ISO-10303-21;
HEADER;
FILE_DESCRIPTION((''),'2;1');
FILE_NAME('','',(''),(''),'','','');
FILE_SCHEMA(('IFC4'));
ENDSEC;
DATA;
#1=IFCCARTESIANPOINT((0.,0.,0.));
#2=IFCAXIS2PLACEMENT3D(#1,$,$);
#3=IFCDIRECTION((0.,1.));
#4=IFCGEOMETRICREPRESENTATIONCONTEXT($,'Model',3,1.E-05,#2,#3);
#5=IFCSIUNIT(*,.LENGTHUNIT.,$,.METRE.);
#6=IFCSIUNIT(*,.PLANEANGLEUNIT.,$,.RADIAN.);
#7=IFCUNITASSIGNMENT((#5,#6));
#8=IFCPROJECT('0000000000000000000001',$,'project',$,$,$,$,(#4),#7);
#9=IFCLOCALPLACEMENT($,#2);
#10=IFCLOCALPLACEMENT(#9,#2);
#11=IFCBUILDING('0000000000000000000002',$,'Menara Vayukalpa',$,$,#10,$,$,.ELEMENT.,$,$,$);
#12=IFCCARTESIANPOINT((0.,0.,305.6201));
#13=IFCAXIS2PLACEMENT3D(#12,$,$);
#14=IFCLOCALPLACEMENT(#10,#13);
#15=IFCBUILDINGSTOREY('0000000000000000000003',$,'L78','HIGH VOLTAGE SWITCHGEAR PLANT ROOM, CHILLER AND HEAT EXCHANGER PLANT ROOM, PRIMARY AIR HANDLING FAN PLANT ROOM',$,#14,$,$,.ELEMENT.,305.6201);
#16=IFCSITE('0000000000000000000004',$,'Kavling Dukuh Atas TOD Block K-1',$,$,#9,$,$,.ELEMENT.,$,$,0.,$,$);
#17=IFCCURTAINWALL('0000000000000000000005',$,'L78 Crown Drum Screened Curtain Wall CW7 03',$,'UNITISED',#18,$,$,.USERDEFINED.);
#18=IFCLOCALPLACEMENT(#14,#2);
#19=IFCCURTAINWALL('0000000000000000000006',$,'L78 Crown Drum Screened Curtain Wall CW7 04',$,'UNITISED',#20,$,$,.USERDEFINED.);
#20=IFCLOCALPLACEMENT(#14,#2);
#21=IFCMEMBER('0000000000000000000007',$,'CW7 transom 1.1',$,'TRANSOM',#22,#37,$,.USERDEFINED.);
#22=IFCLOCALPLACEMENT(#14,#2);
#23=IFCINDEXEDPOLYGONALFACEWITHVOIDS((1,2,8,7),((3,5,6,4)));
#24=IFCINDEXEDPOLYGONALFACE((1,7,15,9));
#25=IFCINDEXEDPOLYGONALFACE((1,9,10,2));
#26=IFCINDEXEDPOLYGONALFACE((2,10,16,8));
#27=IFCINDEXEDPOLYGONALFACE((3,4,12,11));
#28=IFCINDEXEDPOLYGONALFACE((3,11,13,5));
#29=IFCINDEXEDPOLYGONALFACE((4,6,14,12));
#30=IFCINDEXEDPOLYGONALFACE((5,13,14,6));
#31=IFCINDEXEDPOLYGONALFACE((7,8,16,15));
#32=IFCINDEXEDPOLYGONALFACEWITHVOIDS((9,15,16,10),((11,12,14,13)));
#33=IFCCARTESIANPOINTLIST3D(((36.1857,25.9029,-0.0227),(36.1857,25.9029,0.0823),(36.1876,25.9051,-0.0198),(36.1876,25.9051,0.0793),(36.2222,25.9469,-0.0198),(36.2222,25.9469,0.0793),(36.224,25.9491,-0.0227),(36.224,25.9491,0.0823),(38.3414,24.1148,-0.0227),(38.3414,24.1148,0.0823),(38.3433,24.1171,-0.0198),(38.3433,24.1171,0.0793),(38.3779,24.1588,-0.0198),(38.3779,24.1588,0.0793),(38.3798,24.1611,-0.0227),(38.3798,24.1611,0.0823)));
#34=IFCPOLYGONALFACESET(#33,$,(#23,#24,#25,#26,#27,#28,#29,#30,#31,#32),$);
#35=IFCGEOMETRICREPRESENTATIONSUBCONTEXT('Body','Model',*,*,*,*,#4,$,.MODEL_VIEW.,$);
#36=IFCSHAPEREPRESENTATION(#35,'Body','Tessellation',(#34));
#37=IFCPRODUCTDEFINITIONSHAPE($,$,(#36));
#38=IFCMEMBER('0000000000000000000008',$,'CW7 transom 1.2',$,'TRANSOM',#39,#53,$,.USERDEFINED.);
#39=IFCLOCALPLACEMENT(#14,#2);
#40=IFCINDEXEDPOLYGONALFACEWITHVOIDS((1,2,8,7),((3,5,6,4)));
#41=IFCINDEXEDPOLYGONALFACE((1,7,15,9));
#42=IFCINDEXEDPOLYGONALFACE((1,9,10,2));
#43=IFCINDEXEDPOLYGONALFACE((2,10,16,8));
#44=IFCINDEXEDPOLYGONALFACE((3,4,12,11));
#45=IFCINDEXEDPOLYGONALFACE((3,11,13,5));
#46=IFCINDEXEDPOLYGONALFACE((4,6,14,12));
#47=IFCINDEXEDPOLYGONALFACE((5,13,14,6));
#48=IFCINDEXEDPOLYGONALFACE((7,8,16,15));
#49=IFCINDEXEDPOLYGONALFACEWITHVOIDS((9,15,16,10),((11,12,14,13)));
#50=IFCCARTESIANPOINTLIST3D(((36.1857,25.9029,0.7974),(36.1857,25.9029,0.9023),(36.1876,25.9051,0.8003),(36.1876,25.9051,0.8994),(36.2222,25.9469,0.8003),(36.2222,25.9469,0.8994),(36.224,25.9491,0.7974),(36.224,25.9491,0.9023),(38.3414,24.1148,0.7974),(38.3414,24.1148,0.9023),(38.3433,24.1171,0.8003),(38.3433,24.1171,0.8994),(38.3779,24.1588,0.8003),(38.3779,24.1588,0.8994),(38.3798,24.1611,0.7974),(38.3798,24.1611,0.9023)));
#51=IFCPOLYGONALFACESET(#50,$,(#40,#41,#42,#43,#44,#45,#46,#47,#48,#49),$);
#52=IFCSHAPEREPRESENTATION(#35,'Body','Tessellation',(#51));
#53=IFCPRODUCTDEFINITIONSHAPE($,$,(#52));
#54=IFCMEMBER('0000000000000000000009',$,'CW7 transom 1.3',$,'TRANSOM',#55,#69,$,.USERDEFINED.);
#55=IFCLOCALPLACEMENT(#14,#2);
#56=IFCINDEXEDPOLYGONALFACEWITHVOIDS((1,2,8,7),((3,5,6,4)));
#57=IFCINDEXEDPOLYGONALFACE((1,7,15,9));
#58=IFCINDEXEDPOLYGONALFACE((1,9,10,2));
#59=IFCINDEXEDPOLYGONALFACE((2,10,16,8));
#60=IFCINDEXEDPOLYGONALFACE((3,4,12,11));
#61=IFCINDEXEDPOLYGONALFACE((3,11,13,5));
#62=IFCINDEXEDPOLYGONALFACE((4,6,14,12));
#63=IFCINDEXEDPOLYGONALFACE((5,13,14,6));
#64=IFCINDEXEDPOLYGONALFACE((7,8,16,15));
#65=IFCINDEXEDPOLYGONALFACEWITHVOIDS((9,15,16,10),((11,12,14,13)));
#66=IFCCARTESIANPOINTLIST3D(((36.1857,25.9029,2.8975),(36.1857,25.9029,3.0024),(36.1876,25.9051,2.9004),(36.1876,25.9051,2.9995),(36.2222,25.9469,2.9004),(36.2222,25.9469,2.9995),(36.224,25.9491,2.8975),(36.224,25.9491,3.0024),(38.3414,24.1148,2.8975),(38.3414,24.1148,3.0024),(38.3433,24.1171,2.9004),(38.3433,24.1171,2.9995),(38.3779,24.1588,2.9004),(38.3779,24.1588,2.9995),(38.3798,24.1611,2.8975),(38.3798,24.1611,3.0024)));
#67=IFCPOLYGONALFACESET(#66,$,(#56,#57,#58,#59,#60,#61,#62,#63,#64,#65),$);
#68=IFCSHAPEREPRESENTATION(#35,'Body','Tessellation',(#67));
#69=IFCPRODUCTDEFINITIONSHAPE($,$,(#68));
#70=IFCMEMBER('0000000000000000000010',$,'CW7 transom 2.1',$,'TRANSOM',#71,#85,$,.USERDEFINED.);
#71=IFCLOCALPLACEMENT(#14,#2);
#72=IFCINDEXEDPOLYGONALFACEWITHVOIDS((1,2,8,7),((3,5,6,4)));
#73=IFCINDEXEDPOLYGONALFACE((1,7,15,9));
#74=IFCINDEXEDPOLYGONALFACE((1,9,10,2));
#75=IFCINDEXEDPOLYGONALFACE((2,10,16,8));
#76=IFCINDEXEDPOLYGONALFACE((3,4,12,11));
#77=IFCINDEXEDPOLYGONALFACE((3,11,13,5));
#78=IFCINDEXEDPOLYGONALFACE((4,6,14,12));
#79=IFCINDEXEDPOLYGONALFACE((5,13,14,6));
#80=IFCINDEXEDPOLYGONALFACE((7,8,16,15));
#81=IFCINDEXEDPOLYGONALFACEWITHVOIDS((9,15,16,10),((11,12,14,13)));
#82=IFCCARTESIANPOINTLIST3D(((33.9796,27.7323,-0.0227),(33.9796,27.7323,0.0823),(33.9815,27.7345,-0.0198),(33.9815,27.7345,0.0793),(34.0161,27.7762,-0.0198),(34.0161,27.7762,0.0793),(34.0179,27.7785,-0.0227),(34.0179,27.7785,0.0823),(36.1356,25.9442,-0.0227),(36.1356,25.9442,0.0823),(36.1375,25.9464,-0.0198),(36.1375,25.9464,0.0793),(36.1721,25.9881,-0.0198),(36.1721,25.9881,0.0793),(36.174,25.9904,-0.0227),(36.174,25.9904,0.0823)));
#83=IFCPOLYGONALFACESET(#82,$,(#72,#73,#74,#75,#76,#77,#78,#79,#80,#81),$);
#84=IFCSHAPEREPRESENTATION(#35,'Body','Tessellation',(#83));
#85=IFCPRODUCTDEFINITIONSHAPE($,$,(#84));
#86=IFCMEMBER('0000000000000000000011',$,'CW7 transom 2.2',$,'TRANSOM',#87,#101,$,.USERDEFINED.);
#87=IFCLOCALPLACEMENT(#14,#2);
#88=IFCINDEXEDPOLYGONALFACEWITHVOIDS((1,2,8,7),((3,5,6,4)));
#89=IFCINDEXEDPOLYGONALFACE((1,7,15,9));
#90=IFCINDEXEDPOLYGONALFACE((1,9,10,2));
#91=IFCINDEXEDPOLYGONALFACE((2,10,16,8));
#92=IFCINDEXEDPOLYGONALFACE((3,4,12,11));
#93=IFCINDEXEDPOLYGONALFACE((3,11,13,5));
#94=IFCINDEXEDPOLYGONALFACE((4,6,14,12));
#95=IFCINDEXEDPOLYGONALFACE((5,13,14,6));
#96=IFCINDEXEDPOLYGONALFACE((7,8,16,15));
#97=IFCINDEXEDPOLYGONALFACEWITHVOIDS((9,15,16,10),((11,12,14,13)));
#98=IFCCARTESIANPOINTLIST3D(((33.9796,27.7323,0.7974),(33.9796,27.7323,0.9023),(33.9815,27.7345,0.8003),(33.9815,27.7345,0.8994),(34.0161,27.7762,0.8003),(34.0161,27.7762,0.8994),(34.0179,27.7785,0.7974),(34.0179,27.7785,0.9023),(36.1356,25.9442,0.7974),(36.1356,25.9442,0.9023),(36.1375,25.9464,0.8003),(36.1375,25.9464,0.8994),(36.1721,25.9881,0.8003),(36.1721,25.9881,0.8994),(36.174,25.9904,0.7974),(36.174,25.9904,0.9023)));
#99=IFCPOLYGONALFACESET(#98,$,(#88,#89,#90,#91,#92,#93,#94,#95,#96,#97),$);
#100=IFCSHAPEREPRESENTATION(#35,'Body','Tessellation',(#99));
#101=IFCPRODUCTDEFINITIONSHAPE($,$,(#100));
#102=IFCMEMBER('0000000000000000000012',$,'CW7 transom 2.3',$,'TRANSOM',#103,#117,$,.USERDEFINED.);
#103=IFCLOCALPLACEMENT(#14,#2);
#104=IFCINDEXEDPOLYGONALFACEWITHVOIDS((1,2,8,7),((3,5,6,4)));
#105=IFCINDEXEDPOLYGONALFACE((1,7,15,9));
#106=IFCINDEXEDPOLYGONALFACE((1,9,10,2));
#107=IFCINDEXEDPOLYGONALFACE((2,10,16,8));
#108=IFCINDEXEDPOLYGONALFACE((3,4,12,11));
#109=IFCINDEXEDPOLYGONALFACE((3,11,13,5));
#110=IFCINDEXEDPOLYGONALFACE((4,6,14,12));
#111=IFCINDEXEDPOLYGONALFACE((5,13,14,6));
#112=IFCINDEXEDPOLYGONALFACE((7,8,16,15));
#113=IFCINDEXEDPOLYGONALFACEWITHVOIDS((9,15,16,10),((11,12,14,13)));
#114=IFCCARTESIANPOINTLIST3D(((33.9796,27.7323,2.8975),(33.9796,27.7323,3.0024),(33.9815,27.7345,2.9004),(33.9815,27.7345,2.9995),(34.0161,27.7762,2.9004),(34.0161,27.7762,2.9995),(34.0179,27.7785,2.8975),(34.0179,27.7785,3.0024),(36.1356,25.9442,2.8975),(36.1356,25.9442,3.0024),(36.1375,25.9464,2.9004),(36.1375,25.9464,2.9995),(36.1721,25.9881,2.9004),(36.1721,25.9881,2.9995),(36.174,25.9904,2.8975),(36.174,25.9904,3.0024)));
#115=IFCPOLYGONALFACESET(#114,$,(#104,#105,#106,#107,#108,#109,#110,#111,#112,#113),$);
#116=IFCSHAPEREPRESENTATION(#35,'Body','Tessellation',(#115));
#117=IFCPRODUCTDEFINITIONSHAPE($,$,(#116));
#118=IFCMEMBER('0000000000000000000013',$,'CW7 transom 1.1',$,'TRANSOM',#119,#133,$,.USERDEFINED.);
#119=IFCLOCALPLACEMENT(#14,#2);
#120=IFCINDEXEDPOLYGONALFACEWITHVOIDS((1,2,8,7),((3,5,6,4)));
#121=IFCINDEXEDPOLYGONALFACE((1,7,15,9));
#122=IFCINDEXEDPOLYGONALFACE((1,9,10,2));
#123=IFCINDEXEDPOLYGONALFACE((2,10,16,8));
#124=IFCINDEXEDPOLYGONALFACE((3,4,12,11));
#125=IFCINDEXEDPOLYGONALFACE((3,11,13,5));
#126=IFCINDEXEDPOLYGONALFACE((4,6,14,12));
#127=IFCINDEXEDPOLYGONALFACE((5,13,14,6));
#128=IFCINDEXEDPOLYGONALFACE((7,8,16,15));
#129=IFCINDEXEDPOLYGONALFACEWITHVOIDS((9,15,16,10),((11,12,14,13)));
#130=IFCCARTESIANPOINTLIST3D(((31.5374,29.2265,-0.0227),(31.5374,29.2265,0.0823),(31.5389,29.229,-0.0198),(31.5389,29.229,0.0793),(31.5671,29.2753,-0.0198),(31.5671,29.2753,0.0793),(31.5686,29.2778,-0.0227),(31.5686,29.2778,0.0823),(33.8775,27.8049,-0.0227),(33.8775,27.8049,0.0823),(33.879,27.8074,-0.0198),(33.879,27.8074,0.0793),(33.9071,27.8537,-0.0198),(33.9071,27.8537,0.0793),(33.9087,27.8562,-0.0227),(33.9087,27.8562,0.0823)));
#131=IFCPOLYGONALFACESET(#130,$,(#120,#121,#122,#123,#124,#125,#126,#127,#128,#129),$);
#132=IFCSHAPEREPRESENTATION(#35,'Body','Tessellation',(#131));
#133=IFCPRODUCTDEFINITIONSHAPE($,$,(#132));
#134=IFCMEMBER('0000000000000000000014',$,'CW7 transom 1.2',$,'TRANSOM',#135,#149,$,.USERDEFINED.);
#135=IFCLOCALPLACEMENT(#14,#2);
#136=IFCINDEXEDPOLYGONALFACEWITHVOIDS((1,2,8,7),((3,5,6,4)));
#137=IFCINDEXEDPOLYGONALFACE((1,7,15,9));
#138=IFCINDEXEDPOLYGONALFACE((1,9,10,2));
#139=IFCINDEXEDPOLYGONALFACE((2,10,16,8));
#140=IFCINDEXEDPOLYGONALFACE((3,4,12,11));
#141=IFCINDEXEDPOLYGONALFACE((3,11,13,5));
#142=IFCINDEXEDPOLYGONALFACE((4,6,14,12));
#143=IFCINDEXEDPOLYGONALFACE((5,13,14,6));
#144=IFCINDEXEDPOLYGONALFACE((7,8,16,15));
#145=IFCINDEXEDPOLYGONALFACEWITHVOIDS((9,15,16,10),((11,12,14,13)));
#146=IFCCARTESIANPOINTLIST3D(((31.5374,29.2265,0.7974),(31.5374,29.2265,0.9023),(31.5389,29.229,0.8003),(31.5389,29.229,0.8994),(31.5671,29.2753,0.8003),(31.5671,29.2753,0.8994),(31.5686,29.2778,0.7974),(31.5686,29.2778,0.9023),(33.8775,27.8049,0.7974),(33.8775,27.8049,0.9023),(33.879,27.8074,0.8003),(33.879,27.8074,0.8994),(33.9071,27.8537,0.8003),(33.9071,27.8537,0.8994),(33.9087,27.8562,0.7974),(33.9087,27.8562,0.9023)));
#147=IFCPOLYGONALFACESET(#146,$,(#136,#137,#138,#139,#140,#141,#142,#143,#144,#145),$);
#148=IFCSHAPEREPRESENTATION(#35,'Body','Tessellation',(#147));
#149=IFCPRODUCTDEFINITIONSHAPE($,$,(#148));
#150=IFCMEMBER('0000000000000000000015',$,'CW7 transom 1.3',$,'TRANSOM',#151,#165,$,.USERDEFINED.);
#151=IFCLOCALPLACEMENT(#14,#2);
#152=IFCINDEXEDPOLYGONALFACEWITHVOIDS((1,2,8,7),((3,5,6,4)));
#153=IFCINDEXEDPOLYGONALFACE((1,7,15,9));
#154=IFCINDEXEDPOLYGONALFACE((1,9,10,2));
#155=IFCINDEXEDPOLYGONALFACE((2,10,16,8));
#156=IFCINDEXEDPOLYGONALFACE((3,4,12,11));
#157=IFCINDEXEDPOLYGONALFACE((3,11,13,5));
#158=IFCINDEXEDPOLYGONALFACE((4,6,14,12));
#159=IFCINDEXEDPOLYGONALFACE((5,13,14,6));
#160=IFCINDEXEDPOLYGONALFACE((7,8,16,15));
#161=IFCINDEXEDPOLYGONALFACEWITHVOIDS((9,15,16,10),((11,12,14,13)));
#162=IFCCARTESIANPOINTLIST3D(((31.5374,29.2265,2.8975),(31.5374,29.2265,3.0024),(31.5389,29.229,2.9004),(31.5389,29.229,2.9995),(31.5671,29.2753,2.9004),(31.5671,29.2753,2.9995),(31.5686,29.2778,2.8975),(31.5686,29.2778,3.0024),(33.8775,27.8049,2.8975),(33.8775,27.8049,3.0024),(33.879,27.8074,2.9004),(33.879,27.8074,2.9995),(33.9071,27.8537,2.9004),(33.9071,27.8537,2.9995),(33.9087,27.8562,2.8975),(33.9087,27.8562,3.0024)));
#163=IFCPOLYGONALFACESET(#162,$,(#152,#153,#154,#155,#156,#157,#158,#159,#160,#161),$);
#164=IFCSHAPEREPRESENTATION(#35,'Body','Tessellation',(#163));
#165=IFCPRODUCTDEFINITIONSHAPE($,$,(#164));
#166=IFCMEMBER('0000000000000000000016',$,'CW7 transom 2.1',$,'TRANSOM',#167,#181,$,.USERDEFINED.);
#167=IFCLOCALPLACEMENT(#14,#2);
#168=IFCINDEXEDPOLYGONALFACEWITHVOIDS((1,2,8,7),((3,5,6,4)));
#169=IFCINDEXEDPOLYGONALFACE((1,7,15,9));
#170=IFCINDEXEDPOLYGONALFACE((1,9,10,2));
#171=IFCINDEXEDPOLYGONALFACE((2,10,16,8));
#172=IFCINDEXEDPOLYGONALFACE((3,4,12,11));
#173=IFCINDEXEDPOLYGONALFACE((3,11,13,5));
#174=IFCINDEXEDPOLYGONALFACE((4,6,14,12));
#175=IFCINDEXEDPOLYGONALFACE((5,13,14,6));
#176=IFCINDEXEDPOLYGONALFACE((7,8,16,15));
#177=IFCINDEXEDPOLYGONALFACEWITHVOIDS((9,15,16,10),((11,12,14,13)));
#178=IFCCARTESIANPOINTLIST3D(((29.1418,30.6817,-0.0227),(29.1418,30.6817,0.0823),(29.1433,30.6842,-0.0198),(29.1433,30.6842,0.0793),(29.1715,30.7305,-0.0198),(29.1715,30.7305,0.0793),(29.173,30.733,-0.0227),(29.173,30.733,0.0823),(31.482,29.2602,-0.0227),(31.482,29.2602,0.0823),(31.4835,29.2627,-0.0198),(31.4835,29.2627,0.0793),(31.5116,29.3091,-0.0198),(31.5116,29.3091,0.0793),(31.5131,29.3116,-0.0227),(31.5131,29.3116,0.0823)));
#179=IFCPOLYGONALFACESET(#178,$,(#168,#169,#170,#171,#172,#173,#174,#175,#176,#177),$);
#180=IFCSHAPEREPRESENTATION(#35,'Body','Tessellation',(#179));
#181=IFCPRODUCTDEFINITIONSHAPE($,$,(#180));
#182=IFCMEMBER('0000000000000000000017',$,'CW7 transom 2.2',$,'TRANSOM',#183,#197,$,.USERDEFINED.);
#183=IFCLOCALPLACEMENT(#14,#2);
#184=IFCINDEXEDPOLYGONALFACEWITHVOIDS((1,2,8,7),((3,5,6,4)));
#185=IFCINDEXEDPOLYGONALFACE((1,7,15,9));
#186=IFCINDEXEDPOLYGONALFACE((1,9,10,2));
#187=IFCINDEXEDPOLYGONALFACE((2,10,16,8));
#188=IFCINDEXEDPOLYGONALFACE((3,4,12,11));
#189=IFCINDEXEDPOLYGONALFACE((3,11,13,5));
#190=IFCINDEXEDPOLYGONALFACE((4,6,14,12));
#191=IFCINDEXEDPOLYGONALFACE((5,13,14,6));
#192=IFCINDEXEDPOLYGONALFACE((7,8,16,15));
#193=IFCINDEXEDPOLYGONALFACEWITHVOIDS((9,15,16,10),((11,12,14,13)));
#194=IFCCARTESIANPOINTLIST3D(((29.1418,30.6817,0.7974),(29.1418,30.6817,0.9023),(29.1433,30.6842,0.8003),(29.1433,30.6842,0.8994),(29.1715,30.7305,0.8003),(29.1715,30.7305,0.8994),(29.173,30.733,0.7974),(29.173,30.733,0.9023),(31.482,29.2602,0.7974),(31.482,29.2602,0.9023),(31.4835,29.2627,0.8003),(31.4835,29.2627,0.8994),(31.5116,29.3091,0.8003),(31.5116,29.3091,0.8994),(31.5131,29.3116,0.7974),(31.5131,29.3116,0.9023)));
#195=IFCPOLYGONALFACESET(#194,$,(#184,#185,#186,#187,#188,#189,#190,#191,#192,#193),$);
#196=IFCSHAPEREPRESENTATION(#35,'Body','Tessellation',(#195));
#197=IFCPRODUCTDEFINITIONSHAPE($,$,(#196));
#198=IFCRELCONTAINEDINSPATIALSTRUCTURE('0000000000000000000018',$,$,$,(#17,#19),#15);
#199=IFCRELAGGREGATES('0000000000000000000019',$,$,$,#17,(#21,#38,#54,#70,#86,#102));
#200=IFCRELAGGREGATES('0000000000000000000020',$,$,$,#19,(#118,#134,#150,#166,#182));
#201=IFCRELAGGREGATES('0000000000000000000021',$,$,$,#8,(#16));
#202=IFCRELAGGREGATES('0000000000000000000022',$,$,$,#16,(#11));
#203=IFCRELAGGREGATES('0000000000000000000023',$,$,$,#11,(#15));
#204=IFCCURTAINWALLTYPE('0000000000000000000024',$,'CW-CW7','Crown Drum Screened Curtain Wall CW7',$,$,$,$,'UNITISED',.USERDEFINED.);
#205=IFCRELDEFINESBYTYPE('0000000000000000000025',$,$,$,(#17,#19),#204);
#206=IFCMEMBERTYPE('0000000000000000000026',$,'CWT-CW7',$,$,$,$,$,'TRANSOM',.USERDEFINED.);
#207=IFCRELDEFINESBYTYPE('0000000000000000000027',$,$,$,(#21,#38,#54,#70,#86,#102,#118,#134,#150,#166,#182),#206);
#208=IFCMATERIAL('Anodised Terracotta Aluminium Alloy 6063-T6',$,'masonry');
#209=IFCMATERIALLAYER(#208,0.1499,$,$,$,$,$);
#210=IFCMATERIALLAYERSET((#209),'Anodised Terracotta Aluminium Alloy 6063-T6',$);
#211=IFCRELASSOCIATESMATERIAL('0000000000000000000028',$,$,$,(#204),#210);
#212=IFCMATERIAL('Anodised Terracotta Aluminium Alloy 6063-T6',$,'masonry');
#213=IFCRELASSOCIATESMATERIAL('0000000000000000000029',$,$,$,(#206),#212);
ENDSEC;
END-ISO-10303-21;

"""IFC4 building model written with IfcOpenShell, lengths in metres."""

from ifc_helpers import new_model, si_unit, direction, frame, origin, origin_2d, place, context, subcontext, project, spatial, hollow_rectangle, extrude, material, layer, layer_set, material_profile, profile_set, type_object, element, aggregate, save


model = new_model("IFC4")

# Units and contexts
model_context = context("Model", 3, precision=1e-05, world=origin(), true_north=direction((0.0, 1.0)))
body_context = subcontext(model_context, "Body", "Model", "MODEL_VIEW")
ifc_project = project(units=[si_unit("LENGTHUNIT", "METRE"), si_unit("PLANEANGLEUNIT", "RADIAN")], contexts=[model_context])

# Site, building, storey
site_placement = place(None, origin())
site = spatial("IfcSite", under=ifc_project, at=site_placement, Name="Kavling Dukuh Atas TOD Block K-1", CompositionType="ELEMENT", RefElevation=0.0)
building_placement = place(site_placement, origin())
building = spatial("IfcBuilding", under=site, at=building_placement, Name="Menara Vayukalpa", CompositionType="ELEMENT")
storey_placement = place(building_placement, frame((0.0, 0.0, 305.6201)))
storey = spatial("IfcBuildingStorey", under=building, at=storey_placement, Name="L78", Description="HIGH VOLTAGE SWITCHGEAR PLANT ROOM, CHILLER AND HEAT EXCHANGER PLANT ROOM, PRIMARY AIR HANDLING FAN PLANT ROOM", CompositionType="ELEMENT", Elevation=305.6201)

# Curtain walls
ifc_material_1 = material(Name="Anodised Terracotta Aluminium Alloy 6063-T6", Category="masonry")
ifc_layer_1 = layer(ifc_material_1, 0.1499)
ifc_layer_set_1 = layer_set([ifc_layer_1], Name="Anodised Terracotta Aluminium Alloy 6063-T6")
curtain_wall_type = type_object("IfcCurtainWallType", Name="CW-CW7", Description="Crown Drum Screened Curtain Wall CW7", ElementType="UNITISED", PredefinedType="USERDEFINED", material=ifc_layer_set_1)
curtain_wall_1_placement = place(storey_placement, origin())
curtain_wall_1 = element("IfcCurtainWall", 1, at=curtain_wall_1_placement, inside=storey, type_object=curtain_wall_type, Name="L78 Crown Drum Screened Curtain Wall CW7 03", ObjectType="UNITISED", PredefinedType="USERDEFINED")
curtain_wall_2_placement = place(storey_placement, origin())
curtain_wall_2 = element("IfcCurtainWall", 2, at=curtain_wall_2_placement, inside=storey, type_object=curtain_wall_type, Name="L78 Crown Drum Screened Curtain Wall CW7 04", ObjectType="UNITISED", PredefinedType="USERDEFINED")

# Members
ifc_material_2 = material(Name="Anodised Terracotta Aluminium Alloy 6063-T6", Category="masonry")
ifc_material_profile_1 = material_profile(ifc_material_2, hollow_rectangle(XDim=0.0601, YDim=0.105, WallThickness=0.0029, at=origin_2d()), Name="ALU 60x105x3")
ifc_profile_set_1 = profile_set([ifc_material_profile_1], Name="Anodised Terracotta Aluminium Alloy 6063-T6")
member_type_1 = type_object("IfcMemberType", Name="CWT-CW7", ElementType="TRANSOM", PredefinedType="USERDEFINED", material=ifc_profile_set_1)
member_1_placement = place(storey_placement, frame((38.3606, 24.1379, 0.0298), z_axis=(-0.769691, 0.638416, 0.0), x_axis=(-0.638416, -0.769691, 0.0)))
member_1 = element("IfcMember", 3, at=member_1_placement, type_object=member_type_1, Name="CW7 transom 1.1", ObjectType="TRANSOM", PredefinedType="USERDEFINED", context=body_context, shape_type="SweptSolid", body=[
    extrude(hollow_rectangle(XDim=0.0601, YDim=0.105, WallThickness=0.0029, at=origin_2d()), origin(), (0.0, 0.0, 1.0), 2.8008),
])
member_2_placement = place(storey_placement, frame((38.3606, 24.1379, 0.8499), z_axis=(-0.769691, 0.638416, 0.0), x_axis=(-0.638416, -0.769691, 0.0)))
member_2 = element("IfcMember", 4, at=member_2_placement, type_object=member_type_1, Name="CW7 transom 1.2", ObjectType="TRANSOM", PredefinedType="USERDEFINED", context=body_context, shape_type="SweptSolid", body=[
    extrude(hollow_rectangle(XDim=0.0601, YDim=0.105, WallThickness=0.0029, at=origin_2d()), origin(), (0.0, 0.0, 1.0), 2.8008),
])
member_3_placement = place(storey_placement, frame((38.3606, 24.1379, 2.95), z_axis=(-0.769691, 0.638416, 0.0), x_axis=(-0.638416, -0.769691, 0.0)))
member_3 = element("IfcMember", 5, at=member_3_placement, type_object=member_type_1, Name="CW7 transom 1.3", ObjectType="TRANSOM", PredefinedType="USERDEFINED", context=body_context, shape_type="SweptSolid", body=[
    extrude(hollow_rectangle(XDim=0.0601, YDim=0.105, WallThickness=0.0029, at=origin_2d()), origin(), (0.0, 0.0, 1.0), 2.8008),
])
member_4_placement = place(storey_placement, frame((36.1548, 25.9673, 0.0298), z_axis=(-0.769727, 0.638374, 0.0), x_axis=(-0.638374, -0.769727, 0.0)))
member_4 = element("IfcMember", 6, at=member_4_placement, type_object=member_type_1, Name="CW7 transom 2.1", ObjectType="TRANSOM", PredefinedType="USERDEFINED", context=body_context, shape_type="SweptSolid", body=[
    extrude(hollow_rectangle(XDim=0.0601, YDim=0.105, WallThickness=0.0029, at=origin_2d()), origin(), (0.0, 0.0, 1.0), 2.801),
])
member_5_placement = place(storey_placement, frame((36.1548, 25.9673, 0.8499), z_axis=(-0.769727, 0.638374, 0.0), x_axis=(-0.638374, -0.769727, 0.0)))
member_5 = element("IfcMember", 7, at=member_5_placement, type_object=member_type_1, Name="CW7 transom 2.2", ObjectType="TRANSOM", PredefinedType="USERDEFINED", context=body_context, shape_type="SweptSolid", body=[
    extrude(hollow_rectangle(XDim=0.0601, YDim=0.105, WallThickness=0.0029, at=origin_2d()), origin(), (0.0, 0.0, 1.0), 2.801),
])
member_6_placement = place(storey_placement, frame((36.1548, 25.9673, 2.95), z_axis=(-0.769727, 0.638374, 0.0), x_axis=(-0.638374, -0.769727, 0.0)))
member_6 = element("IfcMember", 8, at=member_6_placement, type_object=member_type_1, Name="CW7 transom 2.3", ObjectType="TRANSOM", PredefinedType="USERDEFINED", context=body_context, shape_type="SweptSolid", body=[
    extrude(hollow_rectangle(XDim=0.0601, YDim=0.105, WallThickness=0.0029, at=origin_2d()), origin(), (0.0, 0.0, 1.0), 2.801),
])
member_7_placement = place(storey_placement, frame((33.8931, 27.8306, 0.0298), z_axis=(-0.854648, 0.519208, 0.0), x_axis=(-0.519208, -0.854648, 0.0)))
member_7 = element("IfcMember", 9, at=member_7_placement, type_object=member_type_1, Name="CW7 transom 1.1", ObjectType="TRANSOM", PredefinedType="USERDEFINED", context=body_context, shape_type="SweptSolid", body=[
    extrude(hollow_rectangle(XDim=0.0601, YDim=0.105, WallThickness=0.0029, at=origin_2d()), origin(), (0.0, 0.0, 1.0), 2.738),
])
member_8_placement = place(storey_placement, frame((33.8931, 27.8306, 0.8499), z_axis=(-0.854648, 0.519208, 0.0), x_axis=(-0.519208, -0.854648, 0.0)))
member_8 = element("IfcMember", 10, at=member_8_placement, type_object=member_type_1, Name="CW7 transom 1.2", ObjectType="TRANSOM", PredefinedType="USERDEFINED", context=body_context, shape_type="SweptSolid", body=[
    extrude(hollow_rectangle(XDim=0.0601, YDim=0.105, WallThickness=0.0029, at=origin_2d()), origin(), (0.0, 0.0, 1.0), 2.738),
])
member_9_placement = place(storey_placement, frame((33.8931, 27.8306, 2.95), z_axis=(-0.854648, 0.519208, 0.0), x_axis=(-0.519208, -0.854648, 0.0)))
member_9 = element("IfcMember", 11, at=member_9_placement, type_object=member_type_1, Name="CW7 transom 1.3", ObjectType="TRANSOM", PredefinedType="USERDEFINED", context=body_context, shape_type="SweptSolid", body=[
    extrude(hollow_rectangle(XDim=0.0601, YDim=0.105, WallThickness=0.0029, at=origin_2d()), origin(), (0.0, 0.0, 1.0), 2.738),
])
member_10_placement = place(storey_placement, frame((31.4976, 29.2859, 0.0298), z_axis=(-0.854687, 0.519143, 0.0), x_axis=(-0.519143, -0.854687, 0.0)))
member_10 = element("IfcMember", 12, at=member_10_placement, type_object=member_type_1, Name="CW7 transom 2.1", ObjectType="TRANSOM", PredefinedType="USERDEFINED", context=body_context, shape_type="SweptSolid", body=[
    extrude(hollow_rectangle(XDim=0.0601, YDim=0.105, WallThickness=0.0029, at=origin_2d()), origin(), (0.0, 0.0, 1.0), 2.738),
])
member_11_placement = place(storey_placement, frame((31.4976, 29.2859, 0.8499), z_axis=(-0.854687, 0.519143, 0.0), x_axis=(-0.519143, -0.854687, 0.0)))
member_11 = element("IfcMember", 13, at=member_11_placement, type_object=member_type_1, Name="CW7 transom 2.2", ObjectType="TRANSOM", PredefinedType="USERDEFINED", context=body_context, shape_type="SweptSolid", body=[
    extrude(hollow_rectangle(XDim=0.0601, YDim=0.105, WallThickness=0.0029, at=origin_2d()), origin(), (0.0, 0.0, 1.0), 2.738),
])

aggregate(curtain_wall_1, [member_1, member_2, member_3, member_4, member_5, member_6])
aggregate(curtain_wall_2, [member_7, member_8, member_9, member_10, member_11])

save(model, "model.ifc")
